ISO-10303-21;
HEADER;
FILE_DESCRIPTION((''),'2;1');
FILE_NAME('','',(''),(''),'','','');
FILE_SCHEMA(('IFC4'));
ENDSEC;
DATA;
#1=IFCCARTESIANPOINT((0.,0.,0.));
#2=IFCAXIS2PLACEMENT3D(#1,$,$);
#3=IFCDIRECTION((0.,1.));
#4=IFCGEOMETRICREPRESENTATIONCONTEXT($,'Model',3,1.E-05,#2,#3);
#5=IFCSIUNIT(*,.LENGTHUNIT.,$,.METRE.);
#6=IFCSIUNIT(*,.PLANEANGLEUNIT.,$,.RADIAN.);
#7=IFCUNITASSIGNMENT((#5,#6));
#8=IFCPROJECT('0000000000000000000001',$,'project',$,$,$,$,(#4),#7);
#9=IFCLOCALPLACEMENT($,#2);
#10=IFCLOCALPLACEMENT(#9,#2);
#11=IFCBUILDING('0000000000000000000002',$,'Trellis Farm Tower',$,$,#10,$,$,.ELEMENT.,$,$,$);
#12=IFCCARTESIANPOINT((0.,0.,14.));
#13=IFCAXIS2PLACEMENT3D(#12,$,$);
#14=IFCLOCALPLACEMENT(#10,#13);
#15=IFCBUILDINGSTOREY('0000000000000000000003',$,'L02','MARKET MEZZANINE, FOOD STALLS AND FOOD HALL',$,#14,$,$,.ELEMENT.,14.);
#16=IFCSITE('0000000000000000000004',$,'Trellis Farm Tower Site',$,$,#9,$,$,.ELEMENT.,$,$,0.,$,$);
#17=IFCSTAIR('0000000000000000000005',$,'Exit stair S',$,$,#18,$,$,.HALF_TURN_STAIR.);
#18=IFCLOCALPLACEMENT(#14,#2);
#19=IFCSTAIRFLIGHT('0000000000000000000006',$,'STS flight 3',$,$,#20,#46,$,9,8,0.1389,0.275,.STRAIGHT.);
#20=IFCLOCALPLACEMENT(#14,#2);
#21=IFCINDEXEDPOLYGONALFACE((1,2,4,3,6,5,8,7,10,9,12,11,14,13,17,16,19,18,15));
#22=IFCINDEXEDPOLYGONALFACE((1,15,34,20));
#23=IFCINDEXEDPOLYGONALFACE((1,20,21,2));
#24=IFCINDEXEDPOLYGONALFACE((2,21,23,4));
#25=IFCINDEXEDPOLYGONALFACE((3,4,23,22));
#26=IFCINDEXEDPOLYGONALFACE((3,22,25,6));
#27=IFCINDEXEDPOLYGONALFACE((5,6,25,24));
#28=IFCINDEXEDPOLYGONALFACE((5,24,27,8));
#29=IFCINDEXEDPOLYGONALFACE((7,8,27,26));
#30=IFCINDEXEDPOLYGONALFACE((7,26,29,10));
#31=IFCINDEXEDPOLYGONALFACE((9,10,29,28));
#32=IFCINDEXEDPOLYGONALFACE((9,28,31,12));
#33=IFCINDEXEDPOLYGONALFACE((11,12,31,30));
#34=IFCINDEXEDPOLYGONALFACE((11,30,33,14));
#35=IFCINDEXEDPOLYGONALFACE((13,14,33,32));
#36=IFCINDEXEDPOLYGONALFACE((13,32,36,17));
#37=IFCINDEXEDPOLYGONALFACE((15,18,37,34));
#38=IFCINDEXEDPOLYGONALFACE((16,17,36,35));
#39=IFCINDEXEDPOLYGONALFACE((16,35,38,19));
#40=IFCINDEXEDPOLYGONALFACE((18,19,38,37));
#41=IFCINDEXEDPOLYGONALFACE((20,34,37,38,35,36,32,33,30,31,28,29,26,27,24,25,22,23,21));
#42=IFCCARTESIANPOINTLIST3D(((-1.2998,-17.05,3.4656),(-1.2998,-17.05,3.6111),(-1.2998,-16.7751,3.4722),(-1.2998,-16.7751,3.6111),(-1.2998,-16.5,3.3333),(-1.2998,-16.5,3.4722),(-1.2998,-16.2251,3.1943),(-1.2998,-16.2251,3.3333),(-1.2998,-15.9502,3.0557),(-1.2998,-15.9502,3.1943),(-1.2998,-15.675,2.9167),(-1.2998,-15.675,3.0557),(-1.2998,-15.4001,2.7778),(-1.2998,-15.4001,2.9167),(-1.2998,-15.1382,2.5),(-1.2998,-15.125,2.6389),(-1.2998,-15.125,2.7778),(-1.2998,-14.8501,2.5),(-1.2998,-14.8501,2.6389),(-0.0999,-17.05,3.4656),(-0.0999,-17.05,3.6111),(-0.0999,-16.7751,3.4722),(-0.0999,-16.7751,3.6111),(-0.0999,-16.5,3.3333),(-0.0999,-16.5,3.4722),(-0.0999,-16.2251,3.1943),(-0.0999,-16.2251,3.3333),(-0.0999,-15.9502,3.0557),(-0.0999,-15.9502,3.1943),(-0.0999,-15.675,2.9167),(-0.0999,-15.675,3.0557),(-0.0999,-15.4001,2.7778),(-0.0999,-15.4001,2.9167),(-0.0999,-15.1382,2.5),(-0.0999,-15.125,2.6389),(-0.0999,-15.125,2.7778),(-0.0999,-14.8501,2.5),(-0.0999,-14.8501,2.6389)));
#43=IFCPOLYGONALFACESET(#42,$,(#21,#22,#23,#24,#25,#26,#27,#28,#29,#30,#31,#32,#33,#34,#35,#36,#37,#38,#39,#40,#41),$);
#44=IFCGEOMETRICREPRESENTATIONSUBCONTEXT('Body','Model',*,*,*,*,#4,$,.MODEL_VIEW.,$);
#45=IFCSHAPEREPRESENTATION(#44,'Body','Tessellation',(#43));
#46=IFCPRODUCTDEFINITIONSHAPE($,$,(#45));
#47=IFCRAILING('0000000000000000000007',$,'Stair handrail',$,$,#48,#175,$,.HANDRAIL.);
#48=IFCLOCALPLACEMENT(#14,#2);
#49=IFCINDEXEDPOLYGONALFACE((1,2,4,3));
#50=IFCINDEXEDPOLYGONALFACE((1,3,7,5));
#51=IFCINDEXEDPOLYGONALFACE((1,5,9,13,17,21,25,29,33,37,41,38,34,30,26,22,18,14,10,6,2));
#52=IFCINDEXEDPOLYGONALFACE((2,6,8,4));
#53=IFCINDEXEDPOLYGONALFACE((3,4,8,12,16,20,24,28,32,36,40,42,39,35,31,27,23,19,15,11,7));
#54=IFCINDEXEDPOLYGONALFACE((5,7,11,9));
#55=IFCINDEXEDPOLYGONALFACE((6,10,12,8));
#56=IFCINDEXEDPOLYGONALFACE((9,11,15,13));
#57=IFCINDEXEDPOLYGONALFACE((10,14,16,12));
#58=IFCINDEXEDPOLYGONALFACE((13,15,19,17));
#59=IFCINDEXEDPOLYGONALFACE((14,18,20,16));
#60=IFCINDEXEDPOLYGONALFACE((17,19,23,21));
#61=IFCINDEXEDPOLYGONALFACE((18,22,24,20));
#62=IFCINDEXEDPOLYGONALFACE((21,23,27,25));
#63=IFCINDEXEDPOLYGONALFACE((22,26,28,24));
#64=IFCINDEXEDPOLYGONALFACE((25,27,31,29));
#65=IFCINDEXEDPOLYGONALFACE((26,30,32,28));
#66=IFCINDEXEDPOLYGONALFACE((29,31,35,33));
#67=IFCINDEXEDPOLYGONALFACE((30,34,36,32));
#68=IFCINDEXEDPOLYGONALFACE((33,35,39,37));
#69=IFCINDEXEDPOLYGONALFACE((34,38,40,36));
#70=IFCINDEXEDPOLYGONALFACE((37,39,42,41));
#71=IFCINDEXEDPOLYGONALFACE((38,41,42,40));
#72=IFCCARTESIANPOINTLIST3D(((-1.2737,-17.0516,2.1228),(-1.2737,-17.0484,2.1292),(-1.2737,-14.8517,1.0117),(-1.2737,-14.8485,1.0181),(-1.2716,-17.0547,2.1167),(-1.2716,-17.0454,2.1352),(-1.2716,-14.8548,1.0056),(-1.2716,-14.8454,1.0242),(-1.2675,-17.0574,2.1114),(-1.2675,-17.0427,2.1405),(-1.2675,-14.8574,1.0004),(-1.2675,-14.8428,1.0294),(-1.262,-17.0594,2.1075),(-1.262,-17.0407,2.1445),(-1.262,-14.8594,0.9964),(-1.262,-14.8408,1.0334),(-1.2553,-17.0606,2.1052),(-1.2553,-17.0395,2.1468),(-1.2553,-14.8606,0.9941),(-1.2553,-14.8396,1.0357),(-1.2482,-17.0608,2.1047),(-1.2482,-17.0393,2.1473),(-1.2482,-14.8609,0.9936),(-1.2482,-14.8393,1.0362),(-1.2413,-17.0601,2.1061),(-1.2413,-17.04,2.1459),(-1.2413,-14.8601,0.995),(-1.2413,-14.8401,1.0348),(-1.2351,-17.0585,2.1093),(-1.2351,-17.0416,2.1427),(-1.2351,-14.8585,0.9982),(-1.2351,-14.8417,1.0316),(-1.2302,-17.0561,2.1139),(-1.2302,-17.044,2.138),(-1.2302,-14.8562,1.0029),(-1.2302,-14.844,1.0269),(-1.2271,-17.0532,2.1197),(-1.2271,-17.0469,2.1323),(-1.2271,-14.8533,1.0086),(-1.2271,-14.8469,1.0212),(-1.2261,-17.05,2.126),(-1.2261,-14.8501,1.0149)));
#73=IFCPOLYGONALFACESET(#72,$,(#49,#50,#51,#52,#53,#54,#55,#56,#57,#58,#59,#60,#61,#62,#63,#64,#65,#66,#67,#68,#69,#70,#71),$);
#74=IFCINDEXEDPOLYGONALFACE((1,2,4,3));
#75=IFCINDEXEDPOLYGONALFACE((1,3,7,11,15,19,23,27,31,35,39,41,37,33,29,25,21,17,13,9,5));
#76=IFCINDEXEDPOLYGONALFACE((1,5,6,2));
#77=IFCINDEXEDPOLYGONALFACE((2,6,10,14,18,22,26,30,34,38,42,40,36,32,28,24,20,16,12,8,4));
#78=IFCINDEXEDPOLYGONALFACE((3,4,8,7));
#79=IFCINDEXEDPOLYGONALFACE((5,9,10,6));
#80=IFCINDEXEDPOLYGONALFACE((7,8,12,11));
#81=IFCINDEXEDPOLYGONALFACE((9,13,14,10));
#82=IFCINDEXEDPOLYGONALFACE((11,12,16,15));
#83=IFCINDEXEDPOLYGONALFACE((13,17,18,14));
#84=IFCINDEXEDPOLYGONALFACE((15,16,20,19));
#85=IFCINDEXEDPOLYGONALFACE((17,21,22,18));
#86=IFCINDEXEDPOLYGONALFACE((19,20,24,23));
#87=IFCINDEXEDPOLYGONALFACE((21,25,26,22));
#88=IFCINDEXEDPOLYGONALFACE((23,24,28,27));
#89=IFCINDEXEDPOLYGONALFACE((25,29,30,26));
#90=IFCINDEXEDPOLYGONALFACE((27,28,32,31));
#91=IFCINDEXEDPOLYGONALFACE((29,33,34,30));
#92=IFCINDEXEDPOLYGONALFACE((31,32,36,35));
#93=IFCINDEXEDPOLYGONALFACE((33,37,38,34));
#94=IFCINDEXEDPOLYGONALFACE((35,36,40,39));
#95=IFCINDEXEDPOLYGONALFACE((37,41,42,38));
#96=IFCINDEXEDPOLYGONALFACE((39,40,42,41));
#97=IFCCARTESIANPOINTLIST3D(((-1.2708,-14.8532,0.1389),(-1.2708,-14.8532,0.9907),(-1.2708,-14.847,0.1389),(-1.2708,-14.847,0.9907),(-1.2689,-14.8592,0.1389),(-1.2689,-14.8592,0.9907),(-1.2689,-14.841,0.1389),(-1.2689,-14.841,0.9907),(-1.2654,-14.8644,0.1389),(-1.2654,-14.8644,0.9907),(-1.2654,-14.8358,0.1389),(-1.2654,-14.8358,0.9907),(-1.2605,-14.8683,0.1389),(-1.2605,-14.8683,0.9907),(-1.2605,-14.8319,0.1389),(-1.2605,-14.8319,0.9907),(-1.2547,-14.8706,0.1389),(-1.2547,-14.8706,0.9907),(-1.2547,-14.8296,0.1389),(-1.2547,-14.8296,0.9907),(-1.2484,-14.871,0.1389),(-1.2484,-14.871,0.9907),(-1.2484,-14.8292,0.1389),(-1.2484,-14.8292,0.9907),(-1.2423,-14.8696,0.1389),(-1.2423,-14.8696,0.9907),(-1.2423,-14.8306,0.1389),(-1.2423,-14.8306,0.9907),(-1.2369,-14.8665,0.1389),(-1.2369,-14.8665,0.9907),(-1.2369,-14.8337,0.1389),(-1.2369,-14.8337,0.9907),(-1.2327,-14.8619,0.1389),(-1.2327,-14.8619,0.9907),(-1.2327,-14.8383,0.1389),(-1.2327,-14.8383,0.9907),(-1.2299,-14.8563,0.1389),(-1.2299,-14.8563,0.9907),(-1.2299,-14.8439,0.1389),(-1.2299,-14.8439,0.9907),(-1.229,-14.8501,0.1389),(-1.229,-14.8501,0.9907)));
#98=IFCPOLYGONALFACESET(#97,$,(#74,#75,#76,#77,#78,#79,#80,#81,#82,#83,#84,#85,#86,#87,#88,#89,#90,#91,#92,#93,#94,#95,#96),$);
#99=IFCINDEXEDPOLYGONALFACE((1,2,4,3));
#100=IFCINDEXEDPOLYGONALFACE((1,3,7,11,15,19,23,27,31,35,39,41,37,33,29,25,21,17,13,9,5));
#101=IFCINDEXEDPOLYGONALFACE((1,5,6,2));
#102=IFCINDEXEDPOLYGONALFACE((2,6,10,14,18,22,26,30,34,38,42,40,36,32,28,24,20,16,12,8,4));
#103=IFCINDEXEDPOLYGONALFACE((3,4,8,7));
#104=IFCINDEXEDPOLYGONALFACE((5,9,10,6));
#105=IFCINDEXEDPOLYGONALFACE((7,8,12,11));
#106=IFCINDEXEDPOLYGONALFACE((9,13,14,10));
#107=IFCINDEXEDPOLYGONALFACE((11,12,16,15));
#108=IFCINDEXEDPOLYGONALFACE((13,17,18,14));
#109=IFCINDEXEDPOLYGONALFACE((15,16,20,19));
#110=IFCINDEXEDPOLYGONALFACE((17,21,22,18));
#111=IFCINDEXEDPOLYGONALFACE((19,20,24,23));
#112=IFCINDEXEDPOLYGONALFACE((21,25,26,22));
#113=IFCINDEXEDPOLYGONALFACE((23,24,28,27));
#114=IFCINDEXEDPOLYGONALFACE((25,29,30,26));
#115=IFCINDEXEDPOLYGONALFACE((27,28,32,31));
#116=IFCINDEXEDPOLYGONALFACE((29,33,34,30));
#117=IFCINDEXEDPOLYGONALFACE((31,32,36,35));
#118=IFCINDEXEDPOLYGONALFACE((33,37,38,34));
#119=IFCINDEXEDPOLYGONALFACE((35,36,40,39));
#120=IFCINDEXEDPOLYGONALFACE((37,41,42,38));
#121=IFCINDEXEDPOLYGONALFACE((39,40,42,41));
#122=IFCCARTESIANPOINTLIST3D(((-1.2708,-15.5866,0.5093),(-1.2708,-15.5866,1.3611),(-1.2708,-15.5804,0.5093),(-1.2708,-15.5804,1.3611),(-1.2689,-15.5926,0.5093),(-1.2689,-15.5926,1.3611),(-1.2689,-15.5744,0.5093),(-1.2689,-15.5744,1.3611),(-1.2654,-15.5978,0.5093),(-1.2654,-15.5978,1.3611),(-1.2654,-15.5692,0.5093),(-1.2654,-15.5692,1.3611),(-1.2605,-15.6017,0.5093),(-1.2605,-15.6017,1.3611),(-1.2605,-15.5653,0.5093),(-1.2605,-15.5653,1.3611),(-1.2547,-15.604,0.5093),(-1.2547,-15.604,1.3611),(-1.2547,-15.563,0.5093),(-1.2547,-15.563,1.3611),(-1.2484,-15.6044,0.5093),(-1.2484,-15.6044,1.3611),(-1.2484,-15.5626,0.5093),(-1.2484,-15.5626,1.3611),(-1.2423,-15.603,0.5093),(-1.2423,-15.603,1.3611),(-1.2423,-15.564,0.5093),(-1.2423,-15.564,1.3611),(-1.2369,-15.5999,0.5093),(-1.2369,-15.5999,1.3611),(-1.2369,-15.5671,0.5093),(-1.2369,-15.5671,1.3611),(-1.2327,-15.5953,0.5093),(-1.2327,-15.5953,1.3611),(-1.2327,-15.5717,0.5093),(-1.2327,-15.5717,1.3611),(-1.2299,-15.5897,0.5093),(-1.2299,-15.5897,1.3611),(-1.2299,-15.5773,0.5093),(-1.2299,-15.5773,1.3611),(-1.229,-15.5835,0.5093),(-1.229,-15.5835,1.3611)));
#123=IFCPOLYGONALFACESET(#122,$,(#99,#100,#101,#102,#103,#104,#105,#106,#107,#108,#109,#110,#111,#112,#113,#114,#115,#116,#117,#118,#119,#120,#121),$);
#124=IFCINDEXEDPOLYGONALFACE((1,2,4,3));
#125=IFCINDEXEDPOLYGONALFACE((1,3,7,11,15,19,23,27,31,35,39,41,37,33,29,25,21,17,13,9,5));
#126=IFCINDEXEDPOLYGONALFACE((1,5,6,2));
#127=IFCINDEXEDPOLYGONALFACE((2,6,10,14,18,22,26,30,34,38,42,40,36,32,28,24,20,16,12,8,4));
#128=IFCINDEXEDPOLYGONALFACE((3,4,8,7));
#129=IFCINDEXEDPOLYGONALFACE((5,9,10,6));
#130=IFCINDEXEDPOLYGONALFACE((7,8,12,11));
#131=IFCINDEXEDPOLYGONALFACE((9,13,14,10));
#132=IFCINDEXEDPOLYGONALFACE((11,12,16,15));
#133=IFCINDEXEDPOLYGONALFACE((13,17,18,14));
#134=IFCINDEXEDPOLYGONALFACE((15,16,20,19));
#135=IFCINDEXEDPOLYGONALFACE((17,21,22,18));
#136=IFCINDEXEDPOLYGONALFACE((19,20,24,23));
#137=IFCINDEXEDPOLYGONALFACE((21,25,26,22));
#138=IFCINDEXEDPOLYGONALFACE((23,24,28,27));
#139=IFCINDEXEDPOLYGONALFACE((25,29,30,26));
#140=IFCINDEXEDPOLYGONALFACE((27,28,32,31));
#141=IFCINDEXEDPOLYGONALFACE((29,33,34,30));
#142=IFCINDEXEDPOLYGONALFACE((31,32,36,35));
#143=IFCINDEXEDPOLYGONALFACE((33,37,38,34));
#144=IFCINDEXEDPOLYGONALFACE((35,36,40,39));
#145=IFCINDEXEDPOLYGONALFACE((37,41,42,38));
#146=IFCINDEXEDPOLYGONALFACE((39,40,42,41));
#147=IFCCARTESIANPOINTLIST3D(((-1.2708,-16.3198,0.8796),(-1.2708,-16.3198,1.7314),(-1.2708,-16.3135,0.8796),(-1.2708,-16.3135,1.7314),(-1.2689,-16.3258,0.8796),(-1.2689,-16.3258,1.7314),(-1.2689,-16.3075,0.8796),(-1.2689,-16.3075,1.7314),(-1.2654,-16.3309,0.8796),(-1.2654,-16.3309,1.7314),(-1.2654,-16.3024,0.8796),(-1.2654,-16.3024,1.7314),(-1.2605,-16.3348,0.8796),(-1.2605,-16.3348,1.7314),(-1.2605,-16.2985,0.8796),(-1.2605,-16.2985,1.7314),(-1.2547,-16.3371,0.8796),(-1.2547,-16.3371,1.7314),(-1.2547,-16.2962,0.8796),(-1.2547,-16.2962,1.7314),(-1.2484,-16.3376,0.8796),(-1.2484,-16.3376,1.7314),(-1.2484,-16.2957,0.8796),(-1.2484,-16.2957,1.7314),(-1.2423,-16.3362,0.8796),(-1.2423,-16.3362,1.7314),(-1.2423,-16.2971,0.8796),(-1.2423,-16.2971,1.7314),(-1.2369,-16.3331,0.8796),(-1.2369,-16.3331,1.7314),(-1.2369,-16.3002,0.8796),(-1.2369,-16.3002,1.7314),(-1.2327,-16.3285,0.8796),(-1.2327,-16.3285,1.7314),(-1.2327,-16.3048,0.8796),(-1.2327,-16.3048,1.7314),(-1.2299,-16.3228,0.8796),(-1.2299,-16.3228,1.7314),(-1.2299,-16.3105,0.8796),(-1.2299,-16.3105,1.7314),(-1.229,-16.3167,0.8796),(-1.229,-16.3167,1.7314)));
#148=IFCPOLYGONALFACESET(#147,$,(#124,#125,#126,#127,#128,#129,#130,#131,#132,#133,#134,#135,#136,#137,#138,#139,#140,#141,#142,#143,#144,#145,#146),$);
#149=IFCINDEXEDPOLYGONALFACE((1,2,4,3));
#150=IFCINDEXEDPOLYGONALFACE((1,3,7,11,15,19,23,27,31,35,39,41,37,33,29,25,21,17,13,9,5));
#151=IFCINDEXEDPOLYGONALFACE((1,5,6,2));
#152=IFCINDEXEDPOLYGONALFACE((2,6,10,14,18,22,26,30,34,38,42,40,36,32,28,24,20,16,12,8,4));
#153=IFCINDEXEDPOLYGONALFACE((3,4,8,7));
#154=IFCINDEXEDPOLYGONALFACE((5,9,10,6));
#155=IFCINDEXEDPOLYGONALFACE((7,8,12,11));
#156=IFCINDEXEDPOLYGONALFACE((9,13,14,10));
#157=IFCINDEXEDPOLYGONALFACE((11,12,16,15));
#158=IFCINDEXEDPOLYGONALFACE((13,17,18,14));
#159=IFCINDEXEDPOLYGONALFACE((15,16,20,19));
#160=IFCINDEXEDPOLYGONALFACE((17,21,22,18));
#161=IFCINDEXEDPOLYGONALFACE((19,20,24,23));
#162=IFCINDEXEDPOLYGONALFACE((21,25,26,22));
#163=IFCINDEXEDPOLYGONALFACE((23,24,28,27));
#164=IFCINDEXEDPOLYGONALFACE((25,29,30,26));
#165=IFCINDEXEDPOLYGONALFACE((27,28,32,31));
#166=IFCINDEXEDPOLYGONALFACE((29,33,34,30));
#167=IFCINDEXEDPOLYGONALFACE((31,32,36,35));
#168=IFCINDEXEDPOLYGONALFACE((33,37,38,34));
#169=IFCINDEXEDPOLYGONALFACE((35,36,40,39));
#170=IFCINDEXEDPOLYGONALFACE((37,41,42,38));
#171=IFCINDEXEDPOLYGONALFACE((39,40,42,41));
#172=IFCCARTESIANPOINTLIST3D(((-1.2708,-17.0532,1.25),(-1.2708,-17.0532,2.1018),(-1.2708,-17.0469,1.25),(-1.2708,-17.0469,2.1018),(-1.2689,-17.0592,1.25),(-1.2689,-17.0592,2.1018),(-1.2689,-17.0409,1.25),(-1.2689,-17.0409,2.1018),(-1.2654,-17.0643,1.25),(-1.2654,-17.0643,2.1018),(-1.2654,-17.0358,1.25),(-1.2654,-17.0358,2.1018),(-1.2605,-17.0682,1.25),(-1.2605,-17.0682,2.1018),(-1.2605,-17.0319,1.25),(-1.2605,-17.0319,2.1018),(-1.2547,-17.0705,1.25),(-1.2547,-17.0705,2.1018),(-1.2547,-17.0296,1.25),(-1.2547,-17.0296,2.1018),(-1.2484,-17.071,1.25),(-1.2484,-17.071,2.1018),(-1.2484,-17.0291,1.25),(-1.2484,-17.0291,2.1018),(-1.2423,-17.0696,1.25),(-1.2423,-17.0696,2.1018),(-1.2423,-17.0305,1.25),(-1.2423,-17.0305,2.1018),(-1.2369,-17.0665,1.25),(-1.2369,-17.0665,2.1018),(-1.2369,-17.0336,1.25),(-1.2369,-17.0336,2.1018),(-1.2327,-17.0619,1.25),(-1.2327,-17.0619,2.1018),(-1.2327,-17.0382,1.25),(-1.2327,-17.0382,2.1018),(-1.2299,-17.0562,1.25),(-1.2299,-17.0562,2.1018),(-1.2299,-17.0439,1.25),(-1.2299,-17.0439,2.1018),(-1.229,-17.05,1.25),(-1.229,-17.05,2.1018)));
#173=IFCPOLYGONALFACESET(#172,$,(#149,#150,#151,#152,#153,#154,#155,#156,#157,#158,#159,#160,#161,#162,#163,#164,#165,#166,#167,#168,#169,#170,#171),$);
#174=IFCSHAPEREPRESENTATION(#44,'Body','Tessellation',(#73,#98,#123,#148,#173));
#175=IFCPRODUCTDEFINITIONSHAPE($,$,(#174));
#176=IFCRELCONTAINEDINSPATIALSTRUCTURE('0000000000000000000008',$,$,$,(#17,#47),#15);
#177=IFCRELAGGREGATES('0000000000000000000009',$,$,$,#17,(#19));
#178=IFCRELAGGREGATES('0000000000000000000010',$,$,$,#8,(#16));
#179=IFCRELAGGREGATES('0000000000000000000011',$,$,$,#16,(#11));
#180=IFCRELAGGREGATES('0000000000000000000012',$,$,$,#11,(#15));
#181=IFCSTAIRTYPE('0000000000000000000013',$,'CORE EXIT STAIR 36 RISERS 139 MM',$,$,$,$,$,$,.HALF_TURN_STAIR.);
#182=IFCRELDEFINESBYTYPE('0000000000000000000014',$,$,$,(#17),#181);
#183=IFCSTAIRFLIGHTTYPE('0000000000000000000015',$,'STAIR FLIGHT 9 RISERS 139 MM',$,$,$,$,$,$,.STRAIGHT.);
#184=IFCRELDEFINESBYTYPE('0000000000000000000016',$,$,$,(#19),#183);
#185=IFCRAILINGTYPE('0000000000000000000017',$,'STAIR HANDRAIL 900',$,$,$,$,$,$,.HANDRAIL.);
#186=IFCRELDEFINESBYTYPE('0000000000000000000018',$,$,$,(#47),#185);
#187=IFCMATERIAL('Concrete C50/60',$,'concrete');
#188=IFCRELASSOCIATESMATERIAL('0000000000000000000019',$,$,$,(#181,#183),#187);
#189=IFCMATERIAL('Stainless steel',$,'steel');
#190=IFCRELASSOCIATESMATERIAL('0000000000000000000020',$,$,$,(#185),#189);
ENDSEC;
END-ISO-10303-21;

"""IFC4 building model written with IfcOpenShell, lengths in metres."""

from ifc_helpers import new_model, si_unit, direction, frame, origin, origin_2d, place, context, subcontext, project, spatial, polyline, circle, outline, extrude, source, transform, mapped, material, type_object, element, aggregate, save


model = new_model("IFC4")

# Units and contexts
model_context = context("Model", 3, precision=1e-05, world=origin(), true_north=direction((0.0, 1.0)))
body_context = subcontext(model_context, "Body", "Model", "MODEL_VIEW")
ifc_project = project(units=[si_unit("LENGTHUNIT", "METRE"), si_unit("PLANEANGLEUNIT", "RADIAN")], contexts=[model_context])

# Site, building, storey
site_placement = place(None, origin())
site = spatial("IfcSite", under=ifc_project, at=site_placement, Name="Trellis Farm Tower Site", CompositionType="ELEMENT", RefElevation=0.0)
building_placement = place(site_placement, origin())
building = spatial("IfcBuilding", under=site, at=building_placement, Name="Trellis Farm Tower", CompositionType="ELEMENT")
storey_placement = place(building_placement, frame((0.0, 0.0, 14.0)))
storey = spatial("IfcBuildingStorey", under=building, at=storey_placement, Name="L02", Description="MARKET MEZZANINE, FOOD STALLS AND FOOD HALL", CompositionType="ELEMENT", Elevation=14.0)

# Stair, stair flight
ifc_material_1 = material(Name="Concrete C50/60", Category="concrete")
stair_type = type_object("IfcStairType", Name="CORE EXIT STAIR 36 RISERS 139 MM", PredefinedType="HALF_TURN_STAIR", material=ifc_material_1)
stair_placement = place(storey_placement, origin())
stair = element("IfcStair", 1, at=stair_placement, inside=storey, type_object=stair_type, Name="Exit stair S", PredefinedType="HALF_TURN_STAIR")
stair_flight_type = type_object("IfcStairFlightType", Name="STAIR FLIGHT 9 RISERS 139 MM", PredefinedType="STRAIGHT", material=ifc_material_1)
shared_shape_1 = source(origin(), body_context, "Body", "SweptSolid", [
    extrude(outline(polyline([(0.0, 0.0), (0.0, 0.1389), (0.2749, 0.1389), (0.2749, 0.2778), (0.55, 0.2778), (0.55, 0.4167), (0.825, 0.4167), (0.825, 0.5557), (1.1001, 0.5557), (1.1001, 0.6943), (1.375, 0.6943), (1.375, 0.8333), (1.6499, 0.8333), (1.6499, 0.9722), (1.925, 0.9722), (1.925, 1.1111), (2.2, 1.1111), (2.2, 1.25), (2.2, 0.9656), (0.2881, 0.0), (0.0, 0.0)])), frame((0.0, 0.6001, 0.0), z_axis=(0.0, -1.0, 0.0), x_axis=(1.0, 0.0, 0.0)), (0.0, 0.0, 1.0), 1.2),
])
stair_flight_1_placement = place(storey_placement, frame((-0.7, -14.8501, 2.5), z_axis=(0.0, 0.0, 1.0), x_axis=(0.0, -1.0, 0.0)))
stair_flight_1 = element("IfcStairFlight", 2, at=stair_flight_1_placement, type_object=stair_flight_type, Name="STS flight 3", NumberOfRisers=9, NumberOfTreads=8, PredefinedType="STRAIGHT", RiserHeight=0.1389, TreadLength=0.275, context=body_context, shape_type="MappedRepresentation", body=[
    mapped(shared_shape_1, transform((0.0, 0.0, 0.0))),
])
aggregate(stair, [stair_flight_1])

# Railing
ifc_material_2 = material(Name="Stainless steel", Category="steel")
railing_type = type_object("IfcRailingType", Name="STAIR HANDRAIL 900", PredefinedType="HANDRAIL", material=ifc_material_2)
shared_shape_2 = source(origin(), body_context, "Body", "SweptSolid", [
    extrude(circle(Radius=0.0239, at=origin_2d()), frame((0.0, 0.0, 0.876), z_axis=(0.0, -0.892617, 0.450816), x_axis=(1.0, 0.0, 0.0)), (0.0, 0.0, 1.0), 2.4646),
    extrude(circle(Radius=0.021, at=origin_2d()), origin(), (0.0, 0.0, 1.0), 0.8518),
    extrude(circle(Radius=0.021, at=origin_2d()), frame((0.0, -0.7334, 0.3704)), (0.0, 0.0, 1.0), 0.8518),
    extrude(circle(Radius=0.021, at=origin_2d()), frame((0.0, -1.4666, 0.7407)), (0.0, 0.0, 1.0), 0.8518),
    extrude(circle(Radius=0.021, at=origin_2d()), frame((0.0, -2.2, 1.1111)), (0.0, 0.0, 1.0), 0.8518),
])
for number, where, name in (
    (3, (-1.25, -14.8501, 0.1389), "Stair handrail"),
):
    element("IfcRailing", number, at=place(storey_placement, frame(where)), inside=storey, type_object=railing_type, Name=name, PredefinedType="HANDRAIL", context=body_context, shape_type="MappedRepresentation", body=[
        mapped(shared_shape_2, transform((0.0, 0.0, 0.0))),
    ])

save(model, "model.ifc")
